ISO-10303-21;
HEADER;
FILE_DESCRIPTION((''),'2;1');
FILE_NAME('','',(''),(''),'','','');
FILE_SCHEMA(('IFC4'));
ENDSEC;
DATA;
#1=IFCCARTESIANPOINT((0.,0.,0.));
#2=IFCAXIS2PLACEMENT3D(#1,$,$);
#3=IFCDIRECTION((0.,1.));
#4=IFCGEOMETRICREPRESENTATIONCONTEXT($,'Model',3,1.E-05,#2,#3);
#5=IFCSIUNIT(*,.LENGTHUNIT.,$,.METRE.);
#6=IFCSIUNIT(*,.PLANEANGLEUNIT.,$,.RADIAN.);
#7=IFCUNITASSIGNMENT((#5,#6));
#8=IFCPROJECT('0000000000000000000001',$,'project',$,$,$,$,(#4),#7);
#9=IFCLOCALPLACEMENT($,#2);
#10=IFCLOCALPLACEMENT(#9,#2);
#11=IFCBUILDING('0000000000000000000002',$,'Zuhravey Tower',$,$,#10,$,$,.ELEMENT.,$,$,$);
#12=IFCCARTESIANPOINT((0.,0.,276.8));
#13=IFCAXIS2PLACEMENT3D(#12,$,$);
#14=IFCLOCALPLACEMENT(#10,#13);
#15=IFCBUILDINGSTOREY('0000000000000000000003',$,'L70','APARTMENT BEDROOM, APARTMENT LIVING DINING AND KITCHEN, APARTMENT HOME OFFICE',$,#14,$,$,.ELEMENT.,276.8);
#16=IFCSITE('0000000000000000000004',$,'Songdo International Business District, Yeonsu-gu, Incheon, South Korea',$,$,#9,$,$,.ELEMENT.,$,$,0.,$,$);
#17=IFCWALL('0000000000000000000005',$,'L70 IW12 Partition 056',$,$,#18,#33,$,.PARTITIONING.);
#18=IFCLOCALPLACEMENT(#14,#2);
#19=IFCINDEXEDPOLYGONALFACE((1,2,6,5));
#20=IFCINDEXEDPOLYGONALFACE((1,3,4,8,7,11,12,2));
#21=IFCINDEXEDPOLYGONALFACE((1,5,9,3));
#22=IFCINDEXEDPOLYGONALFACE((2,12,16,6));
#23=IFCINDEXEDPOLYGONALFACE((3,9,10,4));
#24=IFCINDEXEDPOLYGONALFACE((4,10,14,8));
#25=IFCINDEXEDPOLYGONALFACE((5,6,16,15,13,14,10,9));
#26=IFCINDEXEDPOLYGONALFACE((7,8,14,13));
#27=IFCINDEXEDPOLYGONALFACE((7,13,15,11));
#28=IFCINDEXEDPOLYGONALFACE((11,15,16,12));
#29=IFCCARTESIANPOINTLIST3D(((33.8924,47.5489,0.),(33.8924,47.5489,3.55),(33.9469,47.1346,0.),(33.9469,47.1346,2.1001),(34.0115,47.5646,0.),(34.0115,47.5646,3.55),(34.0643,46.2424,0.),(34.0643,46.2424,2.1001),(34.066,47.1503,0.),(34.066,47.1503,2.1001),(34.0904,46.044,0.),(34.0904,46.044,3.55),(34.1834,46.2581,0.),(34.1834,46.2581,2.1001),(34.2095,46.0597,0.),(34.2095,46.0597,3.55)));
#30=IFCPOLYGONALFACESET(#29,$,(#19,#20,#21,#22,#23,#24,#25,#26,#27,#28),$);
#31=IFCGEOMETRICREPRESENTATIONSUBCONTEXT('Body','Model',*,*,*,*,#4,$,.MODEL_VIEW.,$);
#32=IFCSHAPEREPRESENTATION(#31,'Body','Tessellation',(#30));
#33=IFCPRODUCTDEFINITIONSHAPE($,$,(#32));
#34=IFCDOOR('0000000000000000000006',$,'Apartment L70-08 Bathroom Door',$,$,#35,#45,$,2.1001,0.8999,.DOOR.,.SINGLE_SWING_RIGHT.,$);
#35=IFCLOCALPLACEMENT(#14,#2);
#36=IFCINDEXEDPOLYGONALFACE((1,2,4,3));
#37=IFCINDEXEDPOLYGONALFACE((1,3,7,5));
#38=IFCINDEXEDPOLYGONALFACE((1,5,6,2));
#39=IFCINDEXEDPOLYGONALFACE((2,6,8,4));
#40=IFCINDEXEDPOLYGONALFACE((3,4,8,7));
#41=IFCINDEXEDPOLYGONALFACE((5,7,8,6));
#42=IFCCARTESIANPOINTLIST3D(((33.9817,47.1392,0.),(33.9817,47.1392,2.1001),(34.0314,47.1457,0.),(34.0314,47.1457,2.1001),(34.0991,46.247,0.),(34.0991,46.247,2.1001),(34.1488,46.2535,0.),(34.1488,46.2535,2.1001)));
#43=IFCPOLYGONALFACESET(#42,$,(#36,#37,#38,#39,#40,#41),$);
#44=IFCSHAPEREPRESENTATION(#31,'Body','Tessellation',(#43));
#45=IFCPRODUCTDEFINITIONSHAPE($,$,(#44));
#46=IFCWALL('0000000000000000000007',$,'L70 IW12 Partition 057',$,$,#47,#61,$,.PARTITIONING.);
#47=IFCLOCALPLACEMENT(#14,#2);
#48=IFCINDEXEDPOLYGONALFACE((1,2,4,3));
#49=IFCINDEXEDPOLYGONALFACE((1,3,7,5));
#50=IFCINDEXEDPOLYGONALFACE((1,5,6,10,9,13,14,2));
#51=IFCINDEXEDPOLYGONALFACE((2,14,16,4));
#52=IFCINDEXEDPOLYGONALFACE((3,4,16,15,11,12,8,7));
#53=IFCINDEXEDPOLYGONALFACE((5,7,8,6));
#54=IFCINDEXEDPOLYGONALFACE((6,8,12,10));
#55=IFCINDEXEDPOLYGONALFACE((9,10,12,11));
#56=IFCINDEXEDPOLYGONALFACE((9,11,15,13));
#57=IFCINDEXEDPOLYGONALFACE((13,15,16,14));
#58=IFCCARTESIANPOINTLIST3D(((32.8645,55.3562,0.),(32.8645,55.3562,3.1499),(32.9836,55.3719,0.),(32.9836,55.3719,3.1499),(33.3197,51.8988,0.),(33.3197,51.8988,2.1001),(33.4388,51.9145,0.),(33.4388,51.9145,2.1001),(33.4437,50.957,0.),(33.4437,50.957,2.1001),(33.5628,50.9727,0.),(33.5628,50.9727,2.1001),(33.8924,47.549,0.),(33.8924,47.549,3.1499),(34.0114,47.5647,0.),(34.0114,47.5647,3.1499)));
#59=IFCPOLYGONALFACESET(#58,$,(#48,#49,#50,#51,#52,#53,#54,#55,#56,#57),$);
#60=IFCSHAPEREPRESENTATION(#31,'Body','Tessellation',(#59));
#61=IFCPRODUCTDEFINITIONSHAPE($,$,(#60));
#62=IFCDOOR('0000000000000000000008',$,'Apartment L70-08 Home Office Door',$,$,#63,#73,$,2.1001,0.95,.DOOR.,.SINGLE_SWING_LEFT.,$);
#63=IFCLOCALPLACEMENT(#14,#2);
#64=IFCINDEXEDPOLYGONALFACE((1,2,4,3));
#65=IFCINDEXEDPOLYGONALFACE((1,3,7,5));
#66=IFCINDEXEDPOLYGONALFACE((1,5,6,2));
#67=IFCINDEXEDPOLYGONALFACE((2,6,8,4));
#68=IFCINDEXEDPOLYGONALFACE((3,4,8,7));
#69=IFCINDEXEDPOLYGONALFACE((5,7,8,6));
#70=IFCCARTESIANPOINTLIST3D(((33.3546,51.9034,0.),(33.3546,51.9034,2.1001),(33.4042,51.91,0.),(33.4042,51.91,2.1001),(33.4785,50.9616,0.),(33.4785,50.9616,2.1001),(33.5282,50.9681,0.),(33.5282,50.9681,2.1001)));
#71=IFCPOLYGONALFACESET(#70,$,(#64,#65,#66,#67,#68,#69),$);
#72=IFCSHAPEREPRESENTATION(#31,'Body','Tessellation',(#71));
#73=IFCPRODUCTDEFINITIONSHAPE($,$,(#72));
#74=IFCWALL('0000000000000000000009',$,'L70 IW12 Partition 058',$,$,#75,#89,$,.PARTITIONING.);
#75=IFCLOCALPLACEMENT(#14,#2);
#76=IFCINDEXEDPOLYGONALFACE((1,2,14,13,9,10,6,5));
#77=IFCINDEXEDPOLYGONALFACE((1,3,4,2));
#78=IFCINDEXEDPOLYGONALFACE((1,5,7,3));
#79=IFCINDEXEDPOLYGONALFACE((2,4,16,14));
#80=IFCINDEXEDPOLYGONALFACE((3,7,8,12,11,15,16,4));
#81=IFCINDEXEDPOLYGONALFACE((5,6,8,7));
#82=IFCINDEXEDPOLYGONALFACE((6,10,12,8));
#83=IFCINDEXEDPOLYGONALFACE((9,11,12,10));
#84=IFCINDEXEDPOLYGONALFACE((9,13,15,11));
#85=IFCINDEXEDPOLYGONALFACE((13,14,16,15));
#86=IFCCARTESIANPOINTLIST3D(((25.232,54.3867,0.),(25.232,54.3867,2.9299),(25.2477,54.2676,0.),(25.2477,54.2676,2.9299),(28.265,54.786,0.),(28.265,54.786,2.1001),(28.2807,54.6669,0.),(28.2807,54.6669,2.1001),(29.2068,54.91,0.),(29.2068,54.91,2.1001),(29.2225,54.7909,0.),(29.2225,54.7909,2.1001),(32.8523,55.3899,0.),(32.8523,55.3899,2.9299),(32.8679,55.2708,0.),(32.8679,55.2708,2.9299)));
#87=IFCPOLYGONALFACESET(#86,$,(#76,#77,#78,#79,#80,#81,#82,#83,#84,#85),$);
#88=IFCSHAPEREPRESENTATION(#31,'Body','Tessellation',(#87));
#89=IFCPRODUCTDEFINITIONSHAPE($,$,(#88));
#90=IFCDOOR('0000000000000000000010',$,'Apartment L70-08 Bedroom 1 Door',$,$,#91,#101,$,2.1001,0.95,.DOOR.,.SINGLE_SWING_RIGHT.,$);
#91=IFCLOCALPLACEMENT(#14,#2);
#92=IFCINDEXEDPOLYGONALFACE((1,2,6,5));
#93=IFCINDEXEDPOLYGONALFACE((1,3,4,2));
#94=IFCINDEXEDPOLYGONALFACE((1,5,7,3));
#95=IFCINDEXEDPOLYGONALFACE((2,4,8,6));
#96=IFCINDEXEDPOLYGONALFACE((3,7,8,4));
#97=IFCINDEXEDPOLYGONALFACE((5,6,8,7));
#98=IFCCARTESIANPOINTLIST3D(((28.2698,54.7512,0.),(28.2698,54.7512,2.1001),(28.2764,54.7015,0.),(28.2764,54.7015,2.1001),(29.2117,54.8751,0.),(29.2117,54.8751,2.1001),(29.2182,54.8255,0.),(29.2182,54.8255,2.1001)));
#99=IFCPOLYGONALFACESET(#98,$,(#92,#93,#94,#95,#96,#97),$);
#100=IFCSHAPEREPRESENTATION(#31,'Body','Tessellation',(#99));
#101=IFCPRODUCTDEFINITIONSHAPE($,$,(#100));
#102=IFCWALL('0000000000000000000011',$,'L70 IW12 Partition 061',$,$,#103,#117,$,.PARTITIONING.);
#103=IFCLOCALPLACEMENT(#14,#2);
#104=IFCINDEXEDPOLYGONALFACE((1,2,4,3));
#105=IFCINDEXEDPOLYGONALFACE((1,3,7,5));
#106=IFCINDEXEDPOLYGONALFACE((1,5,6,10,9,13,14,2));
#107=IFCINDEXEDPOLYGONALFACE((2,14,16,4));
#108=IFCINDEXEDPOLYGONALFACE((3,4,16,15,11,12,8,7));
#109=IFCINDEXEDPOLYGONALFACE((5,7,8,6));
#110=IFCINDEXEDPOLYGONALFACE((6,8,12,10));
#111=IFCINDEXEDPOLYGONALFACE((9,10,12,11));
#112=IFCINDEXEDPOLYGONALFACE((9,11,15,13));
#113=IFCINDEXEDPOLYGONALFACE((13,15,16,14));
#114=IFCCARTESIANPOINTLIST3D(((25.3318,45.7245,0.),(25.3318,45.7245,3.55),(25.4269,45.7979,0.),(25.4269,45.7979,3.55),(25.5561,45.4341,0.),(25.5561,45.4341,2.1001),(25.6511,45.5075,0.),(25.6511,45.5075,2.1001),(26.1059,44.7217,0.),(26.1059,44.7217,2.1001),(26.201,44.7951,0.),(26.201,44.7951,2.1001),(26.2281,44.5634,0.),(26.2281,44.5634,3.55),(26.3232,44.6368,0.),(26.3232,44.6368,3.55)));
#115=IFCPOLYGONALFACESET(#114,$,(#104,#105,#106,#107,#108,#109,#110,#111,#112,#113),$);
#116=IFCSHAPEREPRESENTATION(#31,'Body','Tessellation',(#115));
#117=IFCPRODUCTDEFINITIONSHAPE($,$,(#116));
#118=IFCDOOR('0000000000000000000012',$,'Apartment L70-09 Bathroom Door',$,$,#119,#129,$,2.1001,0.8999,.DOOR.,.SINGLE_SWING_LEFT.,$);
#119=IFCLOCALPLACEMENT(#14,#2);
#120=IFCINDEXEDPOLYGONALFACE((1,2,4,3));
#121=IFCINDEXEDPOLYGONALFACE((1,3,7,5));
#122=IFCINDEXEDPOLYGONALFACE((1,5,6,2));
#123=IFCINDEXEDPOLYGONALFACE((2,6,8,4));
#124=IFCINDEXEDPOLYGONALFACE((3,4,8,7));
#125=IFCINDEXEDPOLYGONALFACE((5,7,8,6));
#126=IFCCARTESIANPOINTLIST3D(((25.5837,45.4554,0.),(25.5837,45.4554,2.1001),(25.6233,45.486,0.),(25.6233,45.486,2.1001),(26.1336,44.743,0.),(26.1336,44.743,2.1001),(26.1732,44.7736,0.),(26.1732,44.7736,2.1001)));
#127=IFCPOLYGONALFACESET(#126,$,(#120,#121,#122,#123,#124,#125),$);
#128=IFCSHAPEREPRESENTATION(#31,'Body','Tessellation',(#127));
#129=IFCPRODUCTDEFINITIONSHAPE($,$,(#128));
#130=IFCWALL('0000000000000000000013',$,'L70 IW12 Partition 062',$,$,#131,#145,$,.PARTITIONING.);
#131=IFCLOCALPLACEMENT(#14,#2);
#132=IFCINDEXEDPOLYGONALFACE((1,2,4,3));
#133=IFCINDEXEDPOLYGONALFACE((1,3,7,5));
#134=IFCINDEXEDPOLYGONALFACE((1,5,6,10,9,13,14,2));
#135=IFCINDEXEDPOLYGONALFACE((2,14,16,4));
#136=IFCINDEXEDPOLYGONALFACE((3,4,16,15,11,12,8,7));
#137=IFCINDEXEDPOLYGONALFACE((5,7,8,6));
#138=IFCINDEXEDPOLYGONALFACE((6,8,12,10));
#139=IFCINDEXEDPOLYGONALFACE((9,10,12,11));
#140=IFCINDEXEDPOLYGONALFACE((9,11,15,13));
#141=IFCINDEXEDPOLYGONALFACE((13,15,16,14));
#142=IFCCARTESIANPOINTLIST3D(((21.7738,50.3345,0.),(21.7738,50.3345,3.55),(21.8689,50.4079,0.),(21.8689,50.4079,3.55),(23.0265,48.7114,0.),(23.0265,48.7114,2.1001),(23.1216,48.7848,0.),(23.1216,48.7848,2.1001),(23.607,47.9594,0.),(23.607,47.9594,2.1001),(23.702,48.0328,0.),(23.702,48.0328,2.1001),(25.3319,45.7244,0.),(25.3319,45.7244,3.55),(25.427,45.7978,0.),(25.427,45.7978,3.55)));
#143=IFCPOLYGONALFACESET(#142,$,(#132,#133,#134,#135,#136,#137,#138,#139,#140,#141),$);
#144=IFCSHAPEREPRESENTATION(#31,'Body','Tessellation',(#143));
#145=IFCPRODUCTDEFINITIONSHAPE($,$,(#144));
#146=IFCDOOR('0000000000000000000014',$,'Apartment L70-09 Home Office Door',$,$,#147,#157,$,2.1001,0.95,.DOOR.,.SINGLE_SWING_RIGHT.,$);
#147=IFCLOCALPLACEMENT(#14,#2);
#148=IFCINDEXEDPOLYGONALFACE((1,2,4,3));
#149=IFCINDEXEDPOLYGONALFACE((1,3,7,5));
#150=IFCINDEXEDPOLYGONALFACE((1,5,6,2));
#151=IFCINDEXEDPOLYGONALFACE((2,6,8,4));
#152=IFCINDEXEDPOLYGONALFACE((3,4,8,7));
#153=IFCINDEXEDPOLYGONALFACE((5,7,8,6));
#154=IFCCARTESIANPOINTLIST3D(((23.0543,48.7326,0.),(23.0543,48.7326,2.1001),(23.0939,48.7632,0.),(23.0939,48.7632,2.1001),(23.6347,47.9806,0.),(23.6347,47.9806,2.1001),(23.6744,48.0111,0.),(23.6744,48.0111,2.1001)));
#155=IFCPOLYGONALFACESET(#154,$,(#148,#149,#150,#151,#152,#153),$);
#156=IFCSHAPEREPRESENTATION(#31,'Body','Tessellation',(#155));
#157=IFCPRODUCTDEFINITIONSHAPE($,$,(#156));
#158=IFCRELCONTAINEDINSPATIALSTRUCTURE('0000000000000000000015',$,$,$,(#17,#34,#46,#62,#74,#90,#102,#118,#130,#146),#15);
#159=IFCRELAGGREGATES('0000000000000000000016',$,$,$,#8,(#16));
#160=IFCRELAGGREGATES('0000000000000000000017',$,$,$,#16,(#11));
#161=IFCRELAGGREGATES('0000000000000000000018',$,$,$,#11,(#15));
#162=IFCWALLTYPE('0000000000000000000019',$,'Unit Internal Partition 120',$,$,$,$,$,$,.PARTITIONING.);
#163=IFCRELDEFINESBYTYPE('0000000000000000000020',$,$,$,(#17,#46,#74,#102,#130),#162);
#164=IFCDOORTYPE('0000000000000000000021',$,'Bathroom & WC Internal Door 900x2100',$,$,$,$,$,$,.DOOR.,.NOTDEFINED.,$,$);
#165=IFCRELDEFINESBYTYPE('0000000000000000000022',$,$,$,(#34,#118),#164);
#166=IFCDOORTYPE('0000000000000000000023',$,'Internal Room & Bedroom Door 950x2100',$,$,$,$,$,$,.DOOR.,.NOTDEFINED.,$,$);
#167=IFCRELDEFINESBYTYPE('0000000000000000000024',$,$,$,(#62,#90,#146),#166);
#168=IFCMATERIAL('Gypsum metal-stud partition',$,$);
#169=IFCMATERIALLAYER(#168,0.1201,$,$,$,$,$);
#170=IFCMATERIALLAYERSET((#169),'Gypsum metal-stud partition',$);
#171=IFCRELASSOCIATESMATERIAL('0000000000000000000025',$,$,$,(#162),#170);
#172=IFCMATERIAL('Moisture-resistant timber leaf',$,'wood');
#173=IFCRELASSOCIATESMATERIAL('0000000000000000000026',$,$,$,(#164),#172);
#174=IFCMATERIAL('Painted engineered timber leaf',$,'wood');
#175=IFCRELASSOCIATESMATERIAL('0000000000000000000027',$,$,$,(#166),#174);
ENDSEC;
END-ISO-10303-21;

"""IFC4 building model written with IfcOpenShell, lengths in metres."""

from ifc_helpers import new_model, si_unit, direction, frame, frame_2d, origin, place, context, subcontext, project, spatial, rectangle, extrude, material, layer, layer_set, type_object, element, fill, save


model = new_model("IFC4")

# Units and contexts
model_context = context("Model", 3, precision=1e-05, world=origin(), true_north=direction((0.0, 1.0)))
body_context = subcontext(model_context, "Body", "Model", "MODEL_VIEW")
ifc_project = project(units=[si_unit("LENGTHUNIT", "METRE"), si_unit("PLANEANGLEUNIT", "RADIAN")], contexts=[model_context])

# Site, building, storey
site_placement = place(None, origin())
site = spatial("IfcSite", under=ifc_project, at=site_placement, Name="Songdo International Business District, Yeonsu-gu, Incheon, South Korea", CompositionType="ELEMENT", RefElevation=0.0)
building_placement = place(site_placement, origin())
building = spatial("IfcBuilding", under=site, at=building_placement, Name="Zuhravey Tower", CompositionType="ELEMENT")
storey_placement = place(building_placement, frame((0.0, 0.0, 276.8)))
storey = spatial("IfcBuildingStorey", under=building, at=storey_placement, Name="L70", Description="APARTMENT BEDROOM, APARTMENT LIVING DINING AND KITCHEN, APARTMENT HOME OFFICE", CompositionType="ELEMENT", Elevation=276.8)

# Walls, openings, doors
ifc_material_1 = material(Name="Gypsum metal-stud partition")
ifc_layer_1 = layer(ifc_material_1, 0.1201)
ifc_layer_set_1 = layer_set([ifc_layer_1], Name="Gypsum metal-stud partition")
wall_type_1 = type_object("IfcWallType", Name="Unit Internal Partition 120", PredefinedType="PARTITIONING", material=ifc_layer_set_1)
wall_1_placement = place(storey_placement, frame((34.1499, 46.052, 0.0), z_axis=(0.0, 0.0, 1.0), x_axis=(-0.130446, 0.991455, 0.0)))
wall_1 = element("IfcWall", 1, at=wall_1_placement, inside=storey, type_object=wall_type_1, Name="L70 IW12 Partition 056", PredefinedType="PARTITIONING", context=body_context, shape_type="SweptSolid", body=[
    extrude(rectangle(XDim=1.5178, YDim=0.1201, at=frame_2d((0.7588, 0.0))), origin(), (0.0, 0.0, 1.0), 3.55),
])
opening_1_placement = place(wall_1_placement, frame((0.2, 0.0, 0.0)))
opening_1 = element("IfcOpeningElement", 2, at=opening_1_placement, cuts=wall_1, PredefinedType="OPENING", context=body_context, shape_type="SweptSolid", body=[
    extrude(rectangle(XDim=0.8999, YDim=2.1001, at=frame_2d((0.45, 1.05))), frame((0.0, 0.072, 0.0), z_axis=(0.0, -1.0, 0.0), x_axis=(1.0, 0.0, 0.0)), (0.0, 0.0, 1.0), 0.144),
])
ifc_material_2 = material(Name="Moisture-resistant timber leaf", Category="wood")
door_type_1 = type_object("IfcDoorType", Name="Bathroom & WC Internal Door 900x2100", OperationType="NOTDEFINED", PredefinedType="DOOR", material=ifc_material_2)
door_1_placement = place(opening_1_placement, origin())
door_1 = element("IfcDoor", 3, at=door_1_placement, inside=storey, type_object=door_type_1, Name="Apartment L70-08 Bathroom Door", OperationType="SINGLE_SWING_RIGHT", OverallHeight=2.1001, OverallWidth=0.8999, PredefinedType="DOOR", context=body_context, shape_type="SweptSolid", body=[
    extrude(rectangle(XDim=0.8999, YDim=2.1001, at=frame_2d((0.45, 1.05))), frame((0.0, 0.0249, 0.0), z_axis=(0.0, -1.0, 0.0), x_axis=(1.0, 0.0, 0.0)), (0.0, 0.0, 1.0), 0.05),
])
fill(opening_1, door_1)
wall_2_placement = place(storey_placement, frame((33.9519, 47.5569, 0.0), z_axis=(0.0, 0.0, 1.0), x_axis=(-0.130527, 0.991445, 0.0)))
wall_2 = element("IfcWall", 4, at=wall_2_placement, inside=storey, type_object=wall_type_1, Name="L70 IW12 Partition 057", PredefinedType="PARTITIONING", context=body_context, shape_type="SweptSolid", body=[
    extrude(rectangle(XDim=7.8745, YDim=0.1201, at=frame_2d((3.9373, 0.0))), origin(), (0.0, 0.0, 1.0), 3.1499),
])
opening_2_placement = place(wall_2_placement, frame((3.4373, 0.0, 0.0)))
opening_2 = element("IfcOpeningElement", 5, at=opening_2_placement, cuts=wall_2, PredefinedType="OPENING", context=body_context, shape_type="SweptSolid", body=[
    extrude(rectangle(XDim=0.95, YDim=2.1001, at=frame_2d((0.4751, 1.05))), frame((0.0, 0.072, 0.0), z_axis=(0.0, -1.0, 0.0), x_axis=(1.0, 0.0, 0.0)), (0.0, 0.0, 1.0), 0.144),
])
ifc_material_3 = material(Name="Painted engineered timber leaf", Category="wood")
door_type_2 = type_object("IfcDoorType", Name="Internal Room & Bedroom Door 950x2100", OperationType="NOTDEFINED", PredefinedType="DOOR", material=ifc_material_3)
door_2_placement = place(opening_2_placement, origin())
door_2 = element("IfcDoor", 6, at=door_2_placement, inside=storey, type_object=door_type_2, Name="Apartment L70-08 Home Office Door", OperationType="SINGLE_SWING_LEFT", OverallHeight=2.1001, OverallWidth=0.95, PredefinedType="DOOR", context=body_context, shape_type="SweptSolid", body=[
    extrude(rectangle(XDim=0.95, YDim=2.1001, at=frame_2d((0.4751, 1.05))), frame((0.0, 0.0249, 0.0), z_axis=(0.0, -1.0, 0.0), x_axis=(1.0, 0.0, 0.0)), (0.0, 0.0, 1.0), 0.05),
])
fill(opening_2, door_2)
wall_3_placement = place(storey_placement, frame((32.8601, 55.3303, 0.0), z_axis=(0.0, 0.0, 1.0), x_axis=(-0.991446, -0.130518, 0.0)))
wall_3 = element("IfcWall", 7, at=wall_3_placement, inside=storey, type_object=wall_type_1, Name="L70 IW12 Partition 058", PredefinedType="PARTITIONING", context=body_context, shape_type="SweptSolid", body=[
    extrude(rectangle(XDim=7.686, YDim=0.1201, at=frame_2d((3.843, 0.0))), origin(), (0.0, 0.0, 1.0), 2.9299),
])
opening_3_placement = place(wall_3_placement, frame((3.6768, 0.0, 0.0)))
opening_3 = element("IfcOpeningElement", 8, at=opening_3_placement, cuts=wall_3, PredefinedType="OPENING", context=body_context, shape_type="SweptSolid", body=[
    extrude(rectangle(XDim=0.95, YDim=2.1001, at=frame_2d((0.4751, 1.05))), frame((0.0, 0.072, 0.0), z_axis=(0.0, -1.0, 0.0), x_axis=(1.0, 0.0, 0.0)), (0.0, 0.0, 1.0), 0.144),
])
door_3_placement = place(opening_3_placement, frame((0.95, 0.0, 0.0), z_axis=(0.0, 0.0, 1.0), x_axis=(-1.0, 0.0, 0.0)))
door_3 = element("IfcDoor", 9, at=door_3_placement, inside=storey, type_object=door_type_2, Name="Apartment L70-08 Bedroom 1 Door", OperationType="SINGLE_SWING_RIGHT", OverallHeight=2.1001, OverallWidth=0.95, PredefinedType="DOOR", context=body_context, shape_type="SweptSolid", body=[
    extrude(rectangle(XDim=0.95, YDim=2.1001, at=frame_2d((0.4751, 1.05))), frame((0.0, 0.0249, 0.0), z_axis=(0.0, -1.0, 0.0), x_axis=(1.0, 0.0, 0.0)), (0.0, 0.0, 1.0), 0.05),
])
fill(opening_3, door_3)
wall_4_placement = place(storey_placement, frame((26.2756, 44.6001, 0.0), z_axis=(0.0, 0.0, 1.0), x_axis=(-0.611021, 0.791614, 0.0)))
wall_4 = element("IfcWall", 10, at=wall_4_placement, inside=storey, type_object=wall_type_1, Name="L70 IW12 Partition 061", PredefinedType="PARTITIONING", context=body_context, shape_type="SweptSolid", body=[
    extrude(rectangle(XDim=1.4668, YDim=0.1201, at=frame_2d((0.7334, 0.0))), origin(), (0.0, 0.0, 1.0), 3.55),
])
opening_4_placement = place(wall_4_placement, frame((0.2, 0.0, 0.0)))
opening_4 = element("IfcOpeningElement", 11, at=opening_4_placement, cuts=wall_4, PredefinedType="OPENING", context=body_context, shape_type="SweptSolid", body=[
    extrude(rectangle(XDim=0.8999, YDim=2.1001, at=frame_2d((0.45, 1.05))), frame((0.0, 0.072, 0.0), z_axis=(0.0, -1.0, 0.0), x_axis=(1.0, 0.0, 0.0)), (0.0, 0.0, 1.0), 0.144),
])
door_4_placement = place(opening_4_placement, frame((0.8999, 0.0, 0.0), z_axis=(0.0, 0.0, 1.0), x_axis=(-1.0, 0.0, 0.0)))
door_4 = element("IfcDoor", 12, at=door_4_placement, inside=storey, type_object=door_type_1, Name="Apartment L70-09 Bathroom Door", OperationType="SINGLE_SWING_LEFT", OverallHeight=2.1001, OverallWidth=0.8999, PredefinedType="DOOR", context=body_context, shape_type="SweptSolid", body=[
    extrude(rectangle(XDim=0.8999, YDim=2.1001, at=frame_2d((0.45, 1.05))), frame((0.0, 0.0249, 0.0), z_axis=(0.0, -1.0, 0.0), x_axis=(1.0, 0.0, 0.0)), (0.0, 0.0, 1.0), 0.05),
])
fill(opening_4, door_4)
wall_5_placement = place(storey_placement, frame((25.3794, 45.7612, 0.0), z_axis=(0.0, 0.0, 1.0), x_axis=(-0.61099, 0.791638, 0.0)))
wall_5 = element("IfcWall", 13, at=wall_5_placement, inside=storey, type_object=wall_type_1, Name="L70 IW12 Partition 062", PredefinedType="PARTITIONING", context=body_context, shape_type="SweptSolid", body=[
    extrude(rectangle(XDim=5.8235, YDim=0.1201, at=frame_2d((2.9116, 0.0))), origin(), (0.0, 0.0, 1.0), 3.55),
])
opening_5_placement = place(wall_5_placement, frame((2.823, 0.0, 0.0)))
opening_5 = element("IfcOpeningElement", 14, at=opening_5_placement, cuts=wall_5, PredefinedType="OPENING", context=body_context, shape_type="SweptSolid", body=[
    extrude(rectangle(XDim=0.95, YDim=2.1001, at=frame_2d((0.4751, 1.05))), frame((0.0, 0.072, 0.0), z_axis=(0.0, -1.0, 0.0), x_axis=(1.0, 0.0, 0.0)), (0.0, 0.0, 1.0), 0.144),
])
door_5_placement = place(opening_5_placement, frame((0.95, 0.0, 0.0), z_axis=(0.0, 0.0, 1.0), x_axis=(-1.0, 0.0, 0.0)))
door_5 = element("IfcDoor", 15, at=door_5_placement, inside=storey, type_object=door_type_2, Name="Apartment L70-09 Home Office Door", OperationType="SINGLE_SWING_RIGHT", OverallHeight=2.1001, OverallWidth=0.95, PredefinedType="DOOR", context=body_context, shape_type="SweptSolid", body=[
    extrude(rectangle(XDim=0.95, YDim=2.1001, at=frame_2d((0.4751, 1.05))), frame((0.0, 0.0249, 0.0), z_axis=(0.0, -1.0, 0.0), x_axis=(1.0, 0.0, 0.0)), (0.0, 0.0, 1.0), 0.05),
])
fill(opening_5, door_5)

save(model, "model.ifc")
